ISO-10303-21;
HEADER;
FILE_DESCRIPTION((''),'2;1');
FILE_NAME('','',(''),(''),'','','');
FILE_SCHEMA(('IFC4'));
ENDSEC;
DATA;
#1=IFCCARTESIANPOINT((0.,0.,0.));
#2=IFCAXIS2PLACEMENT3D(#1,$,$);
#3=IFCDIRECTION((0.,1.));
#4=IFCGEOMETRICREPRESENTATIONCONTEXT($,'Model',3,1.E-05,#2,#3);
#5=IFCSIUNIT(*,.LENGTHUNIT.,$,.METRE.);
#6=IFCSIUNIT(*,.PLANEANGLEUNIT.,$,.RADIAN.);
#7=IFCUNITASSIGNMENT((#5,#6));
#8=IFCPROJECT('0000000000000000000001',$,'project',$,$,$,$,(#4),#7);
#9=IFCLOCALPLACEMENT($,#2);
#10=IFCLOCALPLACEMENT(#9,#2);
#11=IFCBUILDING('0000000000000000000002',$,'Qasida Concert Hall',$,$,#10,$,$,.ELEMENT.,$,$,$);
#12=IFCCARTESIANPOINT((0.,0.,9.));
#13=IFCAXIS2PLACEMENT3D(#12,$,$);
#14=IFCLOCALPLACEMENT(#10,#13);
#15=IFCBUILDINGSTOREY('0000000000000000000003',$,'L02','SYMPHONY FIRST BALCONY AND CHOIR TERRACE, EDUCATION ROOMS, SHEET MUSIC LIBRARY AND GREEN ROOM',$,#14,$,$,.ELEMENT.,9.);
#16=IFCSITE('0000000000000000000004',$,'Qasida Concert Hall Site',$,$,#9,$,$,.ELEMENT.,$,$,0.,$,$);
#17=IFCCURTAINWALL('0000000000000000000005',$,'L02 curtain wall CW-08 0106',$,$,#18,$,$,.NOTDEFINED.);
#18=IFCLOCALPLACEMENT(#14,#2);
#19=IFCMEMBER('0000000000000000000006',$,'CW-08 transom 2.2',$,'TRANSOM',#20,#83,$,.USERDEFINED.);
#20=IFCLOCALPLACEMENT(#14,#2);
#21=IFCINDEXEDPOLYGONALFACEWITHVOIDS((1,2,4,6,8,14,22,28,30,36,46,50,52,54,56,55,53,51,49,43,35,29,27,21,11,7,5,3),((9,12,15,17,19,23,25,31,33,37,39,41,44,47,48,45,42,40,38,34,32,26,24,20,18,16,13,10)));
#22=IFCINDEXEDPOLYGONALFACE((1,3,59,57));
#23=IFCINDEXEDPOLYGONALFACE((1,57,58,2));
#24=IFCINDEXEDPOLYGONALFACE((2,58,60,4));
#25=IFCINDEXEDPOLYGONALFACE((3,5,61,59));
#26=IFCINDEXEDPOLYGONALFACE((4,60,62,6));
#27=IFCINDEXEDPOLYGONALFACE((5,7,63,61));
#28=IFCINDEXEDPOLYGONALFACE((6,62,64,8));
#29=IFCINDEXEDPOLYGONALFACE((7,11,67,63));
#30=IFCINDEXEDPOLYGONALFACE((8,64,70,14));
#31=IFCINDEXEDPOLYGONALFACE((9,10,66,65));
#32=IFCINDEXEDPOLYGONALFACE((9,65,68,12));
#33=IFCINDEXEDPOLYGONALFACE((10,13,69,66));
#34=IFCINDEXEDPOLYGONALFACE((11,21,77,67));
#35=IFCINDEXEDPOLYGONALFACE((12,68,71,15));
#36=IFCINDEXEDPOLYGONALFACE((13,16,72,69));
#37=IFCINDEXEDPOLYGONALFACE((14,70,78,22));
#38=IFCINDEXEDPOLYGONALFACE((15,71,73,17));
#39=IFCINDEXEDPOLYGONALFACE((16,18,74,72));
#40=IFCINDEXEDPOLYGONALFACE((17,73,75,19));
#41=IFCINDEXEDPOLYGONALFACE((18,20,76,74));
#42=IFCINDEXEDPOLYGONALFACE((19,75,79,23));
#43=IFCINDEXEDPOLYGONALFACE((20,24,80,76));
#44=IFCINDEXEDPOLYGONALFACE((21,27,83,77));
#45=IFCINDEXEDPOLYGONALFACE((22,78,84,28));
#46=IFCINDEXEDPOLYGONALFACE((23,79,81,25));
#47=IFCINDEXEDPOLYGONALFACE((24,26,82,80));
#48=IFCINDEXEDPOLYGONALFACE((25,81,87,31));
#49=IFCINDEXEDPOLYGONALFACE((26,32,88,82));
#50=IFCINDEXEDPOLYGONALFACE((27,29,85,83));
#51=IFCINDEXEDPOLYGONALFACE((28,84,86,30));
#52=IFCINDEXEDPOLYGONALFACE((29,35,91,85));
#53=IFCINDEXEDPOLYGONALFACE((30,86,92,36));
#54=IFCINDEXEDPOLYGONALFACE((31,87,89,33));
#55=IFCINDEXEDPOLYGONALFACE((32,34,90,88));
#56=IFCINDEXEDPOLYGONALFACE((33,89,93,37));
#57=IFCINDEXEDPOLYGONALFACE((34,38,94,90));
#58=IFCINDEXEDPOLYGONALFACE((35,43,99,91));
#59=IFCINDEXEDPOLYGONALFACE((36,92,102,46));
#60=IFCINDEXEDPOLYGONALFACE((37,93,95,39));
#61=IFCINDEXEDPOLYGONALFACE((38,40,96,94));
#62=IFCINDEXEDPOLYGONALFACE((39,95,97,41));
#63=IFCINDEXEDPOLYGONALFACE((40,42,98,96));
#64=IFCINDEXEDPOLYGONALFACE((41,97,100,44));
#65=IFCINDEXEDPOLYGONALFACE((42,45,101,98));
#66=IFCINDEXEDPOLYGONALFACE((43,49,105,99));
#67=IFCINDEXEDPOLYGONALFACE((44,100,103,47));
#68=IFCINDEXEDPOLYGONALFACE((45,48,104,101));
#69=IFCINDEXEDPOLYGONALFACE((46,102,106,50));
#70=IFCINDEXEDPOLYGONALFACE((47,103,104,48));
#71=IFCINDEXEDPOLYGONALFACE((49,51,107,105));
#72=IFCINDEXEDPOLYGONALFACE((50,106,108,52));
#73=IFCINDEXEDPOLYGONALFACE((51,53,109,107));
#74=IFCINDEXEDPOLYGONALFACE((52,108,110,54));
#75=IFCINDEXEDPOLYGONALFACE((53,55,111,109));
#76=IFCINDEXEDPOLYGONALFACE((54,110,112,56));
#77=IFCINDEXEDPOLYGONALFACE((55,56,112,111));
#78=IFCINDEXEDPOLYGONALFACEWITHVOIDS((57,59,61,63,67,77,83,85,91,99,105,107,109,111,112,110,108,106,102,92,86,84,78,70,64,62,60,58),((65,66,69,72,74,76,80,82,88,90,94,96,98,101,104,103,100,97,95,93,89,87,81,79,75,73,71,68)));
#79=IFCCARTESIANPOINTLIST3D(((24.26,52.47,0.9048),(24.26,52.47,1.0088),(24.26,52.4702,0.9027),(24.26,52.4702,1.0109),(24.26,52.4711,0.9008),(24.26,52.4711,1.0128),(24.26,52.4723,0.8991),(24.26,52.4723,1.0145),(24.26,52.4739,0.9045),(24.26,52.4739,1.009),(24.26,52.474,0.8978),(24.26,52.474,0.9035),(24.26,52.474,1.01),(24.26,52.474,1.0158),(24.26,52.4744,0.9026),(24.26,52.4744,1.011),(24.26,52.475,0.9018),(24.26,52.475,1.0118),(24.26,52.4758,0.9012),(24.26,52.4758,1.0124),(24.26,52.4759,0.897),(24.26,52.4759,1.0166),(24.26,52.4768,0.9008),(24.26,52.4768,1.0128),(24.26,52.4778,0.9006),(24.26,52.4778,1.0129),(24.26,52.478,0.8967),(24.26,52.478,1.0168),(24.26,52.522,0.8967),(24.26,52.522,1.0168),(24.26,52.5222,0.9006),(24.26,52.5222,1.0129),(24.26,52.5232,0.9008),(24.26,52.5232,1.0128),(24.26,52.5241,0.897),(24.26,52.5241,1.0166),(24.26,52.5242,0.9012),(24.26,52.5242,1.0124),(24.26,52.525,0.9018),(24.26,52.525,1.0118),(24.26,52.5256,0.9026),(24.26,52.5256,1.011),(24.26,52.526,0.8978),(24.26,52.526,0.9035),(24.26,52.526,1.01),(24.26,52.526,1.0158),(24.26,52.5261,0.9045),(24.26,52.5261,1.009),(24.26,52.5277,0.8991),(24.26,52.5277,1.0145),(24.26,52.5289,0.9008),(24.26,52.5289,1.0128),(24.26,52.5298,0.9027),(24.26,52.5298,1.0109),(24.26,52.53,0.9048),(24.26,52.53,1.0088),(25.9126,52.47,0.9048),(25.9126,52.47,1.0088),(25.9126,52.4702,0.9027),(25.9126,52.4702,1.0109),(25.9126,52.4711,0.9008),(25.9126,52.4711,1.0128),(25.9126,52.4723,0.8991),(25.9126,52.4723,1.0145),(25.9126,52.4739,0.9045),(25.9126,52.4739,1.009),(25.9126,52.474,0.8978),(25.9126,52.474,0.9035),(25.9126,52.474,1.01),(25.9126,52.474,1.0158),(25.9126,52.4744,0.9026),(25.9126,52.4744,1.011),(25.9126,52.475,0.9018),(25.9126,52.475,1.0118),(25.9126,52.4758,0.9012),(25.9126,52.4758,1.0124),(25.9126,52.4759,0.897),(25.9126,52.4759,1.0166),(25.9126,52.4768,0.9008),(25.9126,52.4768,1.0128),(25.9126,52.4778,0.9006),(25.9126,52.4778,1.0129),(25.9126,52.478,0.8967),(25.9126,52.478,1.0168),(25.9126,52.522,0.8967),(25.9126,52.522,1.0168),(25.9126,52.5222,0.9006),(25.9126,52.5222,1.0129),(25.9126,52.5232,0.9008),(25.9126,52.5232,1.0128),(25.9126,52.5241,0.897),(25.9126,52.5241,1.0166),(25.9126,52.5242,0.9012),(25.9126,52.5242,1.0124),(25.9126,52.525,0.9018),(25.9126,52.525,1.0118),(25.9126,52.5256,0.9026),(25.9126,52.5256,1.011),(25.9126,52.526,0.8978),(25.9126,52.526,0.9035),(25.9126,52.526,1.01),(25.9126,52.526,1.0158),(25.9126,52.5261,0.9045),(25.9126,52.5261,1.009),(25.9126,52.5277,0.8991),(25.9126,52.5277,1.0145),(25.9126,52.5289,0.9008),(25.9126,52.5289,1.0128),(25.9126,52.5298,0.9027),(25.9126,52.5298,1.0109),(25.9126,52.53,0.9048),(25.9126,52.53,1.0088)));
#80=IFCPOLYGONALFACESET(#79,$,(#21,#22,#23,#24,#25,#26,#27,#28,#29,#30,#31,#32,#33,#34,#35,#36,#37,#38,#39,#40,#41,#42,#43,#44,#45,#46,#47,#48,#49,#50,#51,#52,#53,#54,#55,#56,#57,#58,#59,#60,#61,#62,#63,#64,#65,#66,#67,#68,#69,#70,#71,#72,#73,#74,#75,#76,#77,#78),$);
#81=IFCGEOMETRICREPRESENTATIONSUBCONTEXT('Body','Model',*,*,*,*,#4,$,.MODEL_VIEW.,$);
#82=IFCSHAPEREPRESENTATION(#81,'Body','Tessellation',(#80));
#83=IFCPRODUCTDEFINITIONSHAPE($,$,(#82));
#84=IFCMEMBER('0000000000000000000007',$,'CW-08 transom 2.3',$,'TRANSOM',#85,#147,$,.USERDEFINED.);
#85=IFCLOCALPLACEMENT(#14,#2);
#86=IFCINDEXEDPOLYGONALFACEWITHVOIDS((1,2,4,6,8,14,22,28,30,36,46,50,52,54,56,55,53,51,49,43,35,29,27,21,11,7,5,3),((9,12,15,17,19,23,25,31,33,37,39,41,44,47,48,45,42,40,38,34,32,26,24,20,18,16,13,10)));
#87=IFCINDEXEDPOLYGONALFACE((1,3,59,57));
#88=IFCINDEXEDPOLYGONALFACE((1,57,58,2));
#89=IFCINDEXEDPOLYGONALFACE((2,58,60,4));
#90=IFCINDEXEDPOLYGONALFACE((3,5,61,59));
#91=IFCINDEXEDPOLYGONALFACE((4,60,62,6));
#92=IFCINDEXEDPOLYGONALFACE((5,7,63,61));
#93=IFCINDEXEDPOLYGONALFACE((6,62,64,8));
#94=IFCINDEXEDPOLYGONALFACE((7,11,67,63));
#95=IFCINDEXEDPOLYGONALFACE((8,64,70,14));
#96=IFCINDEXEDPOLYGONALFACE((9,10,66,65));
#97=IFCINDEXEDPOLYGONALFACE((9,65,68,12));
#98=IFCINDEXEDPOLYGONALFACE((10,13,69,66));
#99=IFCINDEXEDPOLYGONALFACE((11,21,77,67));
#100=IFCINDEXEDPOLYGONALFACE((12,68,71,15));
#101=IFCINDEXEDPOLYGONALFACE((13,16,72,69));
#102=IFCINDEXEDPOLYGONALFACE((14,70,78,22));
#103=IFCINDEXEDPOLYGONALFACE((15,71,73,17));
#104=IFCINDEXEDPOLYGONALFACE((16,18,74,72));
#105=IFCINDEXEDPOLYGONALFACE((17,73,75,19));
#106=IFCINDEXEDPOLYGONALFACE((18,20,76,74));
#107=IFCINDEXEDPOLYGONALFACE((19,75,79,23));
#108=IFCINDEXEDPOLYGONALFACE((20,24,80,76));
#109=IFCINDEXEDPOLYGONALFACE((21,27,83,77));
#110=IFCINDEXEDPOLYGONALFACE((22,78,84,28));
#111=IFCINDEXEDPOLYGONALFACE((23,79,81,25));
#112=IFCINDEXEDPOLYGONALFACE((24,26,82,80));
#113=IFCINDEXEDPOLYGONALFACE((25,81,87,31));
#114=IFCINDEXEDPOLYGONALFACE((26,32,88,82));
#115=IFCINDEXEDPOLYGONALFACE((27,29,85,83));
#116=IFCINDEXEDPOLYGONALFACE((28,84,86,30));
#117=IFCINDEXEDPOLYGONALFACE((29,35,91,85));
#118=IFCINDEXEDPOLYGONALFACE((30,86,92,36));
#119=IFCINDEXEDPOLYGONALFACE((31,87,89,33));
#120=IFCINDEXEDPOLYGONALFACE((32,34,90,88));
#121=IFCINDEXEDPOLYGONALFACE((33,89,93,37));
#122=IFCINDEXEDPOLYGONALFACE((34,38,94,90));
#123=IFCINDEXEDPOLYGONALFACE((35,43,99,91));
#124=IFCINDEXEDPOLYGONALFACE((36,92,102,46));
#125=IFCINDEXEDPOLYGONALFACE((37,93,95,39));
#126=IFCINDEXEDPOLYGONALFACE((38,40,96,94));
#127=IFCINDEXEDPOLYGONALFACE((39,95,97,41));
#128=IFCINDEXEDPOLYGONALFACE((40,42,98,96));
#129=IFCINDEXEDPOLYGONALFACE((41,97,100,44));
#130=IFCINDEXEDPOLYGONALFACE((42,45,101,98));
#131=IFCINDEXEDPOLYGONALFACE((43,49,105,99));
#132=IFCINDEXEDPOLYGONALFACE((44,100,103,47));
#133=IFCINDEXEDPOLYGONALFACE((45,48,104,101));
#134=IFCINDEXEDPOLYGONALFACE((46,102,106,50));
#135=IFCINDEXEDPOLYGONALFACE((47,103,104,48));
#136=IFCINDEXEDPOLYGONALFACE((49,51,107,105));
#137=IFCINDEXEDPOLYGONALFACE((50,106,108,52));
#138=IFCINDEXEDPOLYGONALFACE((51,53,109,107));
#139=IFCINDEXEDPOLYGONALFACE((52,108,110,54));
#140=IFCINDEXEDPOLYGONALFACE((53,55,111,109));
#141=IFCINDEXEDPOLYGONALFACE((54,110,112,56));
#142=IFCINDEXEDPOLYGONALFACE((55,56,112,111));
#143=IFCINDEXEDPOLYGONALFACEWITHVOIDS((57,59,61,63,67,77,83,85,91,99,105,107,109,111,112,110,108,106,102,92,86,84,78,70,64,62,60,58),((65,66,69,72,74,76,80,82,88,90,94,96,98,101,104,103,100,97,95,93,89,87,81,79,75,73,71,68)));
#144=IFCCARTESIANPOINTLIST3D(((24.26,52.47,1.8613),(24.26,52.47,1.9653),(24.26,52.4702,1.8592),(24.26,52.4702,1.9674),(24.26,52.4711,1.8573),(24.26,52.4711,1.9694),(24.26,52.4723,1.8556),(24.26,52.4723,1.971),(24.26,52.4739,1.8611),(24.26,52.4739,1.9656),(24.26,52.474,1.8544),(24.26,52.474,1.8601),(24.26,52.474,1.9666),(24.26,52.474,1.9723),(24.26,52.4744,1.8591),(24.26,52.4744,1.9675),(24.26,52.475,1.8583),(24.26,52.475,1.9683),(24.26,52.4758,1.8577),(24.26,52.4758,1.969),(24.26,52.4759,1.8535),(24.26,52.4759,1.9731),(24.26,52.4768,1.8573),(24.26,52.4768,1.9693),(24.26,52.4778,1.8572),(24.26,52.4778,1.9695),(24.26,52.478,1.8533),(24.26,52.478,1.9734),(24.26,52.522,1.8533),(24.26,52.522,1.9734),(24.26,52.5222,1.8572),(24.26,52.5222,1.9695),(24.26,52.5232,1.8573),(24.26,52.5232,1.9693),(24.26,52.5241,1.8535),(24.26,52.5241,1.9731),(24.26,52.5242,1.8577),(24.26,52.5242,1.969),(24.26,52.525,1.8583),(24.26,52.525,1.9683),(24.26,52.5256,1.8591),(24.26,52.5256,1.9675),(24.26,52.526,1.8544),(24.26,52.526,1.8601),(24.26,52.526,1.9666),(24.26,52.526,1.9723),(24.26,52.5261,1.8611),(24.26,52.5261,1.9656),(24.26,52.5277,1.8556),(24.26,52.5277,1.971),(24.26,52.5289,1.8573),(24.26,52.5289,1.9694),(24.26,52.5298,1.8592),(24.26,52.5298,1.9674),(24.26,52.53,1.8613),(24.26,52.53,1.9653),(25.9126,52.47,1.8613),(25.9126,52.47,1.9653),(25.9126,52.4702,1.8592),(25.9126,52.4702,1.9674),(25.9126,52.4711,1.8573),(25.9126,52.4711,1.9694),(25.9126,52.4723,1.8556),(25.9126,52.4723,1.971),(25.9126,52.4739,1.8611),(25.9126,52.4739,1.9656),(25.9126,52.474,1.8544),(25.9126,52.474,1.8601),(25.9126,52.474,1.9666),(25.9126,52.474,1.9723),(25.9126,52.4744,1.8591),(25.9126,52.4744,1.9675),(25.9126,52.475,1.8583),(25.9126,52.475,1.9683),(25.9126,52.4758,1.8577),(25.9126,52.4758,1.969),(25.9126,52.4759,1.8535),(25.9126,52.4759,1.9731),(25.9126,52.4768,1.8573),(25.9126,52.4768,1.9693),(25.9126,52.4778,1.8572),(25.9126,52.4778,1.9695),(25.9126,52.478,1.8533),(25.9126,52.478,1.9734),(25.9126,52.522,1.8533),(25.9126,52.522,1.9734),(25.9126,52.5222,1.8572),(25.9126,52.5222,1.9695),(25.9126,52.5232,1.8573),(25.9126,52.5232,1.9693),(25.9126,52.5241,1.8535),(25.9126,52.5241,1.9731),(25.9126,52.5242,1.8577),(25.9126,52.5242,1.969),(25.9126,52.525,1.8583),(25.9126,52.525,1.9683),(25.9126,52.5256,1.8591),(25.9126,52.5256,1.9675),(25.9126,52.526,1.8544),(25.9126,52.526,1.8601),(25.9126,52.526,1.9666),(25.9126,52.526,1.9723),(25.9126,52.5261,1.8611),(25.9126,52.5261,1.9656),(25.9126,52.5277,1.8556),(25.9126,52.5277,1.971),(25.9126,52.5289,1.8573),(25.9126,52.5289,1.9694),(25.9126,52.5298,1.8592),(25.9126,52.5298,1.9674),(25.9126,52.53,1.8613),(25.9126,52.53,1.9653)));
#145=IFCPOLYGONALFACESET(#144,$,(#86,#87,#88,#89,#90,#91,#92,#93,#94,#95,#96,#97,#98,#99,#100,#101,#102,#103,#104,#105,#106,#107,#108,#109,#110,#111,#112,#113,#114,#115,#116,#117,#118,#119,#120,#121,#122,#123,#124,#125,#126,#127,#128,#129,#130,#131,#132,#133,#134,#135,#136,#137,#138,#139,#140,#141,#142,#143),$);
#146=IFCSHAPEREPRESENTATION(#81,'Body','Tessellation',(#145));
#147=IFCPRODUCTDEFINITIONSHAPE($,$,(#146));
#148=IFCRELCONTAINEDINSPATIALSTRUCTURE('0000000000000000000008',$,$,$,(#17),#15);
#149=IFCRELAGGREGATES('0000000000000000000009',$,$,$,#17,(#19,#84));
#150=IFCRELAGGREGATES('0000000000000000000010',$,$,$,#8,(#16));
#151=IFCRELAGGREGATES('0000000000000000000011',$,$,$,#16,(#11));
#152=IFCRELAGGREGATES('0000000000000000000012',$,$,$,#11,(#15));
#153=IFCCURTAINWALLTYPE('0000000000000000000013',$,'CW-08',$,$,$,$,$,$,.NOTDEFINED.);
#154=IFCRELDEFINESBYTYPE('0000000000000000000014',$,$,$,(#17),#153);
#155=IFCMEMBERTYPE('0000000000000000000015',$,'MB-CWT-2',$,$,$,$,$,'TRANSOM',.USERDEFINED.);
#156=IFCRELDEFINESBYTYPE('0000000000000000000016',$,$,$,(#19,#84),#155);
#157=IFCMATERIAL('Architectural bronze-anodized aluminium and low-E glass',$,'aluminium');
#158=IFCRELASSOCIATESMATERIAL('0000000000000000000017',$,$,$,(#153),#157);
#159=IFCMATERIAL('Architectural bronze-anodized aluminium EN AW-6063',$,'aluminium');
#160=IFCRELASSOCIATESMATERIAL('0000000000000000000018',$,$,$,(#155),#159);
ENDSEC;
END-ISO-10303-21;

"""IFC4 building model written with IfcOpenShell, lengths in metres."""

from ifc_helpers import new_model, si_unit, direction, frame, origin, origin_2d, place, context, subcontext, project, spatial, hollow_rectangle, extrude, material, material_profile, profile_set, type_object, element, aggregate, save


model = new_model("IFC4")

# Units and contexts
model_context = context("Model", 3, precision=1e-05, world=origin(), true_north=direction((0.0, 1.0)))
body_context = subcontext(model_context, "Body", "Model", "MODEL_VIEW")
ifc_project = project(units=[si_unit("LENGTHUNIT", "METRE"), si_unit("PLANEANGLEUNIT", "RADIAN")], contexts=[model_context])

# Site, building, storey
site_placement = place(None, origin())
site = spatial("IfcSite", under=ifc_project, at=site_placement, Name="Qasida Concert Hall Site", CompositionType="ELEMENT", RefElevation=0.0)
building_placement = place(site_placement, origin())
building = spatial("IfcBuilding", under=site, at=building_placement, Name="Qasida Concert Hall", CompositionType="ELEMENT")
storey_placement = place(building_placement, frame((0.0, 0.0, 9.0)))
storey = spatial("IfcBuildingStorey", under=building, at=storey_placement, Name="L02", Description="SYMPHONY FIRST BALCONY AND CHOIR TERRACE, EDUCATION ROOMS, SHEET MUSIC LIBRARY AND GREEN ROOM", CompositionType="ELEMENT", Elevation=9.0)

# Curtain wall, members
ifc_material_1 = material(Name="Architectural bronze-anodized aluminium and low-E glass", Category="aluminium")
curtain_wall_type = type_object("IfcCurtainWallType", Name="CW-08", PredefinedType="NOTDEFINED", material=ifc_material_1)
curtain_wall_placement = place(storey_placement, origin())
curtain_wall = element("IfcCurtainWall", 1, at=curtain_wall_placement, inside=storey, type_object=curtain_wall_type, Name="L02 curtain wall CW-08 0106", PredefinedType="NOTDEFINED")
ifc_material_2 = material(Name="Architectural bronze-anodized aluminium EN AW-6063", Category="aluminium")
ifc_material_profile_1 = material_profile(ifc_material_2, hollow_rectangle(XDim=0.0601, YDim=0.1201, WallThickness=0.0039, InnerFilletRadius=0.0039, OuterFilletRadius=0.0081, at=origin_2d()), Name="CWT 120x60x4")
ifc_profile_set_1 = profile_set([ifc_material_profile_1], Name="Architectural bronze-anodized aluminium EN AW-6063")
member_type_1 = type_object("IfcMemberType", Name="MB-CWT-2", ElementType="TRANSOM", PredefinedType="USERDEFINED", material=ifc_profile_set_1)
member_1_placement = place(storey_placement, frame((24.26, 52.5, 0.9568), z_axis=(1.0, 0.0, 0.0), x_axis=(0.0, 1.0, 0.0)))
member_1 = element("IfcMember", 2, at=member_1_placement, type_object=member_type_1, Name="CW-08 transom 2.2", ObjectType="TRANSOM", PredefinedType="USERDEFINED", context=body_context, shape_type="SweptSolid", body=[
    extrude(hollow_rectangle(XDim=0.0601, YDim=0.1201, WallThickness=0.0039, InnerFilletRadius=0.0039, OuterFilletRadius=0.0081, at=origin_2d()), origin(), (0.0, 0.0, 1.0), 1.6526),
])
member_2_placement = place(storey_placement, frame((24.26, 52.5, 1.9133), z_axis=(1.0, 0.0, 0.0), x_axis=(0.0, 1.0, 0.0)))
member_2 = element("IfcMember", 3, at=member_2_placement, type_object=member_type_1, Name="CW-08 transom 2.3", ObjectType="TRANSOM", PredefinedType="USERDEFINED", context=body_context, shape_type="SweptSolid", body=[
    extrude(hollow_rectangle(XDim=0.0601, YDim=0.1201, WallThickness=0.0039, InnerFilletRadius=0.0039, OuterFilletRadius=0.0081, at=origin_2d()), origin(), (0.0, 0.0, 1.0), 1.6526),
])
aggregate(curtain_wall, [member_1, member_2])

save(model, "model.ifc")
